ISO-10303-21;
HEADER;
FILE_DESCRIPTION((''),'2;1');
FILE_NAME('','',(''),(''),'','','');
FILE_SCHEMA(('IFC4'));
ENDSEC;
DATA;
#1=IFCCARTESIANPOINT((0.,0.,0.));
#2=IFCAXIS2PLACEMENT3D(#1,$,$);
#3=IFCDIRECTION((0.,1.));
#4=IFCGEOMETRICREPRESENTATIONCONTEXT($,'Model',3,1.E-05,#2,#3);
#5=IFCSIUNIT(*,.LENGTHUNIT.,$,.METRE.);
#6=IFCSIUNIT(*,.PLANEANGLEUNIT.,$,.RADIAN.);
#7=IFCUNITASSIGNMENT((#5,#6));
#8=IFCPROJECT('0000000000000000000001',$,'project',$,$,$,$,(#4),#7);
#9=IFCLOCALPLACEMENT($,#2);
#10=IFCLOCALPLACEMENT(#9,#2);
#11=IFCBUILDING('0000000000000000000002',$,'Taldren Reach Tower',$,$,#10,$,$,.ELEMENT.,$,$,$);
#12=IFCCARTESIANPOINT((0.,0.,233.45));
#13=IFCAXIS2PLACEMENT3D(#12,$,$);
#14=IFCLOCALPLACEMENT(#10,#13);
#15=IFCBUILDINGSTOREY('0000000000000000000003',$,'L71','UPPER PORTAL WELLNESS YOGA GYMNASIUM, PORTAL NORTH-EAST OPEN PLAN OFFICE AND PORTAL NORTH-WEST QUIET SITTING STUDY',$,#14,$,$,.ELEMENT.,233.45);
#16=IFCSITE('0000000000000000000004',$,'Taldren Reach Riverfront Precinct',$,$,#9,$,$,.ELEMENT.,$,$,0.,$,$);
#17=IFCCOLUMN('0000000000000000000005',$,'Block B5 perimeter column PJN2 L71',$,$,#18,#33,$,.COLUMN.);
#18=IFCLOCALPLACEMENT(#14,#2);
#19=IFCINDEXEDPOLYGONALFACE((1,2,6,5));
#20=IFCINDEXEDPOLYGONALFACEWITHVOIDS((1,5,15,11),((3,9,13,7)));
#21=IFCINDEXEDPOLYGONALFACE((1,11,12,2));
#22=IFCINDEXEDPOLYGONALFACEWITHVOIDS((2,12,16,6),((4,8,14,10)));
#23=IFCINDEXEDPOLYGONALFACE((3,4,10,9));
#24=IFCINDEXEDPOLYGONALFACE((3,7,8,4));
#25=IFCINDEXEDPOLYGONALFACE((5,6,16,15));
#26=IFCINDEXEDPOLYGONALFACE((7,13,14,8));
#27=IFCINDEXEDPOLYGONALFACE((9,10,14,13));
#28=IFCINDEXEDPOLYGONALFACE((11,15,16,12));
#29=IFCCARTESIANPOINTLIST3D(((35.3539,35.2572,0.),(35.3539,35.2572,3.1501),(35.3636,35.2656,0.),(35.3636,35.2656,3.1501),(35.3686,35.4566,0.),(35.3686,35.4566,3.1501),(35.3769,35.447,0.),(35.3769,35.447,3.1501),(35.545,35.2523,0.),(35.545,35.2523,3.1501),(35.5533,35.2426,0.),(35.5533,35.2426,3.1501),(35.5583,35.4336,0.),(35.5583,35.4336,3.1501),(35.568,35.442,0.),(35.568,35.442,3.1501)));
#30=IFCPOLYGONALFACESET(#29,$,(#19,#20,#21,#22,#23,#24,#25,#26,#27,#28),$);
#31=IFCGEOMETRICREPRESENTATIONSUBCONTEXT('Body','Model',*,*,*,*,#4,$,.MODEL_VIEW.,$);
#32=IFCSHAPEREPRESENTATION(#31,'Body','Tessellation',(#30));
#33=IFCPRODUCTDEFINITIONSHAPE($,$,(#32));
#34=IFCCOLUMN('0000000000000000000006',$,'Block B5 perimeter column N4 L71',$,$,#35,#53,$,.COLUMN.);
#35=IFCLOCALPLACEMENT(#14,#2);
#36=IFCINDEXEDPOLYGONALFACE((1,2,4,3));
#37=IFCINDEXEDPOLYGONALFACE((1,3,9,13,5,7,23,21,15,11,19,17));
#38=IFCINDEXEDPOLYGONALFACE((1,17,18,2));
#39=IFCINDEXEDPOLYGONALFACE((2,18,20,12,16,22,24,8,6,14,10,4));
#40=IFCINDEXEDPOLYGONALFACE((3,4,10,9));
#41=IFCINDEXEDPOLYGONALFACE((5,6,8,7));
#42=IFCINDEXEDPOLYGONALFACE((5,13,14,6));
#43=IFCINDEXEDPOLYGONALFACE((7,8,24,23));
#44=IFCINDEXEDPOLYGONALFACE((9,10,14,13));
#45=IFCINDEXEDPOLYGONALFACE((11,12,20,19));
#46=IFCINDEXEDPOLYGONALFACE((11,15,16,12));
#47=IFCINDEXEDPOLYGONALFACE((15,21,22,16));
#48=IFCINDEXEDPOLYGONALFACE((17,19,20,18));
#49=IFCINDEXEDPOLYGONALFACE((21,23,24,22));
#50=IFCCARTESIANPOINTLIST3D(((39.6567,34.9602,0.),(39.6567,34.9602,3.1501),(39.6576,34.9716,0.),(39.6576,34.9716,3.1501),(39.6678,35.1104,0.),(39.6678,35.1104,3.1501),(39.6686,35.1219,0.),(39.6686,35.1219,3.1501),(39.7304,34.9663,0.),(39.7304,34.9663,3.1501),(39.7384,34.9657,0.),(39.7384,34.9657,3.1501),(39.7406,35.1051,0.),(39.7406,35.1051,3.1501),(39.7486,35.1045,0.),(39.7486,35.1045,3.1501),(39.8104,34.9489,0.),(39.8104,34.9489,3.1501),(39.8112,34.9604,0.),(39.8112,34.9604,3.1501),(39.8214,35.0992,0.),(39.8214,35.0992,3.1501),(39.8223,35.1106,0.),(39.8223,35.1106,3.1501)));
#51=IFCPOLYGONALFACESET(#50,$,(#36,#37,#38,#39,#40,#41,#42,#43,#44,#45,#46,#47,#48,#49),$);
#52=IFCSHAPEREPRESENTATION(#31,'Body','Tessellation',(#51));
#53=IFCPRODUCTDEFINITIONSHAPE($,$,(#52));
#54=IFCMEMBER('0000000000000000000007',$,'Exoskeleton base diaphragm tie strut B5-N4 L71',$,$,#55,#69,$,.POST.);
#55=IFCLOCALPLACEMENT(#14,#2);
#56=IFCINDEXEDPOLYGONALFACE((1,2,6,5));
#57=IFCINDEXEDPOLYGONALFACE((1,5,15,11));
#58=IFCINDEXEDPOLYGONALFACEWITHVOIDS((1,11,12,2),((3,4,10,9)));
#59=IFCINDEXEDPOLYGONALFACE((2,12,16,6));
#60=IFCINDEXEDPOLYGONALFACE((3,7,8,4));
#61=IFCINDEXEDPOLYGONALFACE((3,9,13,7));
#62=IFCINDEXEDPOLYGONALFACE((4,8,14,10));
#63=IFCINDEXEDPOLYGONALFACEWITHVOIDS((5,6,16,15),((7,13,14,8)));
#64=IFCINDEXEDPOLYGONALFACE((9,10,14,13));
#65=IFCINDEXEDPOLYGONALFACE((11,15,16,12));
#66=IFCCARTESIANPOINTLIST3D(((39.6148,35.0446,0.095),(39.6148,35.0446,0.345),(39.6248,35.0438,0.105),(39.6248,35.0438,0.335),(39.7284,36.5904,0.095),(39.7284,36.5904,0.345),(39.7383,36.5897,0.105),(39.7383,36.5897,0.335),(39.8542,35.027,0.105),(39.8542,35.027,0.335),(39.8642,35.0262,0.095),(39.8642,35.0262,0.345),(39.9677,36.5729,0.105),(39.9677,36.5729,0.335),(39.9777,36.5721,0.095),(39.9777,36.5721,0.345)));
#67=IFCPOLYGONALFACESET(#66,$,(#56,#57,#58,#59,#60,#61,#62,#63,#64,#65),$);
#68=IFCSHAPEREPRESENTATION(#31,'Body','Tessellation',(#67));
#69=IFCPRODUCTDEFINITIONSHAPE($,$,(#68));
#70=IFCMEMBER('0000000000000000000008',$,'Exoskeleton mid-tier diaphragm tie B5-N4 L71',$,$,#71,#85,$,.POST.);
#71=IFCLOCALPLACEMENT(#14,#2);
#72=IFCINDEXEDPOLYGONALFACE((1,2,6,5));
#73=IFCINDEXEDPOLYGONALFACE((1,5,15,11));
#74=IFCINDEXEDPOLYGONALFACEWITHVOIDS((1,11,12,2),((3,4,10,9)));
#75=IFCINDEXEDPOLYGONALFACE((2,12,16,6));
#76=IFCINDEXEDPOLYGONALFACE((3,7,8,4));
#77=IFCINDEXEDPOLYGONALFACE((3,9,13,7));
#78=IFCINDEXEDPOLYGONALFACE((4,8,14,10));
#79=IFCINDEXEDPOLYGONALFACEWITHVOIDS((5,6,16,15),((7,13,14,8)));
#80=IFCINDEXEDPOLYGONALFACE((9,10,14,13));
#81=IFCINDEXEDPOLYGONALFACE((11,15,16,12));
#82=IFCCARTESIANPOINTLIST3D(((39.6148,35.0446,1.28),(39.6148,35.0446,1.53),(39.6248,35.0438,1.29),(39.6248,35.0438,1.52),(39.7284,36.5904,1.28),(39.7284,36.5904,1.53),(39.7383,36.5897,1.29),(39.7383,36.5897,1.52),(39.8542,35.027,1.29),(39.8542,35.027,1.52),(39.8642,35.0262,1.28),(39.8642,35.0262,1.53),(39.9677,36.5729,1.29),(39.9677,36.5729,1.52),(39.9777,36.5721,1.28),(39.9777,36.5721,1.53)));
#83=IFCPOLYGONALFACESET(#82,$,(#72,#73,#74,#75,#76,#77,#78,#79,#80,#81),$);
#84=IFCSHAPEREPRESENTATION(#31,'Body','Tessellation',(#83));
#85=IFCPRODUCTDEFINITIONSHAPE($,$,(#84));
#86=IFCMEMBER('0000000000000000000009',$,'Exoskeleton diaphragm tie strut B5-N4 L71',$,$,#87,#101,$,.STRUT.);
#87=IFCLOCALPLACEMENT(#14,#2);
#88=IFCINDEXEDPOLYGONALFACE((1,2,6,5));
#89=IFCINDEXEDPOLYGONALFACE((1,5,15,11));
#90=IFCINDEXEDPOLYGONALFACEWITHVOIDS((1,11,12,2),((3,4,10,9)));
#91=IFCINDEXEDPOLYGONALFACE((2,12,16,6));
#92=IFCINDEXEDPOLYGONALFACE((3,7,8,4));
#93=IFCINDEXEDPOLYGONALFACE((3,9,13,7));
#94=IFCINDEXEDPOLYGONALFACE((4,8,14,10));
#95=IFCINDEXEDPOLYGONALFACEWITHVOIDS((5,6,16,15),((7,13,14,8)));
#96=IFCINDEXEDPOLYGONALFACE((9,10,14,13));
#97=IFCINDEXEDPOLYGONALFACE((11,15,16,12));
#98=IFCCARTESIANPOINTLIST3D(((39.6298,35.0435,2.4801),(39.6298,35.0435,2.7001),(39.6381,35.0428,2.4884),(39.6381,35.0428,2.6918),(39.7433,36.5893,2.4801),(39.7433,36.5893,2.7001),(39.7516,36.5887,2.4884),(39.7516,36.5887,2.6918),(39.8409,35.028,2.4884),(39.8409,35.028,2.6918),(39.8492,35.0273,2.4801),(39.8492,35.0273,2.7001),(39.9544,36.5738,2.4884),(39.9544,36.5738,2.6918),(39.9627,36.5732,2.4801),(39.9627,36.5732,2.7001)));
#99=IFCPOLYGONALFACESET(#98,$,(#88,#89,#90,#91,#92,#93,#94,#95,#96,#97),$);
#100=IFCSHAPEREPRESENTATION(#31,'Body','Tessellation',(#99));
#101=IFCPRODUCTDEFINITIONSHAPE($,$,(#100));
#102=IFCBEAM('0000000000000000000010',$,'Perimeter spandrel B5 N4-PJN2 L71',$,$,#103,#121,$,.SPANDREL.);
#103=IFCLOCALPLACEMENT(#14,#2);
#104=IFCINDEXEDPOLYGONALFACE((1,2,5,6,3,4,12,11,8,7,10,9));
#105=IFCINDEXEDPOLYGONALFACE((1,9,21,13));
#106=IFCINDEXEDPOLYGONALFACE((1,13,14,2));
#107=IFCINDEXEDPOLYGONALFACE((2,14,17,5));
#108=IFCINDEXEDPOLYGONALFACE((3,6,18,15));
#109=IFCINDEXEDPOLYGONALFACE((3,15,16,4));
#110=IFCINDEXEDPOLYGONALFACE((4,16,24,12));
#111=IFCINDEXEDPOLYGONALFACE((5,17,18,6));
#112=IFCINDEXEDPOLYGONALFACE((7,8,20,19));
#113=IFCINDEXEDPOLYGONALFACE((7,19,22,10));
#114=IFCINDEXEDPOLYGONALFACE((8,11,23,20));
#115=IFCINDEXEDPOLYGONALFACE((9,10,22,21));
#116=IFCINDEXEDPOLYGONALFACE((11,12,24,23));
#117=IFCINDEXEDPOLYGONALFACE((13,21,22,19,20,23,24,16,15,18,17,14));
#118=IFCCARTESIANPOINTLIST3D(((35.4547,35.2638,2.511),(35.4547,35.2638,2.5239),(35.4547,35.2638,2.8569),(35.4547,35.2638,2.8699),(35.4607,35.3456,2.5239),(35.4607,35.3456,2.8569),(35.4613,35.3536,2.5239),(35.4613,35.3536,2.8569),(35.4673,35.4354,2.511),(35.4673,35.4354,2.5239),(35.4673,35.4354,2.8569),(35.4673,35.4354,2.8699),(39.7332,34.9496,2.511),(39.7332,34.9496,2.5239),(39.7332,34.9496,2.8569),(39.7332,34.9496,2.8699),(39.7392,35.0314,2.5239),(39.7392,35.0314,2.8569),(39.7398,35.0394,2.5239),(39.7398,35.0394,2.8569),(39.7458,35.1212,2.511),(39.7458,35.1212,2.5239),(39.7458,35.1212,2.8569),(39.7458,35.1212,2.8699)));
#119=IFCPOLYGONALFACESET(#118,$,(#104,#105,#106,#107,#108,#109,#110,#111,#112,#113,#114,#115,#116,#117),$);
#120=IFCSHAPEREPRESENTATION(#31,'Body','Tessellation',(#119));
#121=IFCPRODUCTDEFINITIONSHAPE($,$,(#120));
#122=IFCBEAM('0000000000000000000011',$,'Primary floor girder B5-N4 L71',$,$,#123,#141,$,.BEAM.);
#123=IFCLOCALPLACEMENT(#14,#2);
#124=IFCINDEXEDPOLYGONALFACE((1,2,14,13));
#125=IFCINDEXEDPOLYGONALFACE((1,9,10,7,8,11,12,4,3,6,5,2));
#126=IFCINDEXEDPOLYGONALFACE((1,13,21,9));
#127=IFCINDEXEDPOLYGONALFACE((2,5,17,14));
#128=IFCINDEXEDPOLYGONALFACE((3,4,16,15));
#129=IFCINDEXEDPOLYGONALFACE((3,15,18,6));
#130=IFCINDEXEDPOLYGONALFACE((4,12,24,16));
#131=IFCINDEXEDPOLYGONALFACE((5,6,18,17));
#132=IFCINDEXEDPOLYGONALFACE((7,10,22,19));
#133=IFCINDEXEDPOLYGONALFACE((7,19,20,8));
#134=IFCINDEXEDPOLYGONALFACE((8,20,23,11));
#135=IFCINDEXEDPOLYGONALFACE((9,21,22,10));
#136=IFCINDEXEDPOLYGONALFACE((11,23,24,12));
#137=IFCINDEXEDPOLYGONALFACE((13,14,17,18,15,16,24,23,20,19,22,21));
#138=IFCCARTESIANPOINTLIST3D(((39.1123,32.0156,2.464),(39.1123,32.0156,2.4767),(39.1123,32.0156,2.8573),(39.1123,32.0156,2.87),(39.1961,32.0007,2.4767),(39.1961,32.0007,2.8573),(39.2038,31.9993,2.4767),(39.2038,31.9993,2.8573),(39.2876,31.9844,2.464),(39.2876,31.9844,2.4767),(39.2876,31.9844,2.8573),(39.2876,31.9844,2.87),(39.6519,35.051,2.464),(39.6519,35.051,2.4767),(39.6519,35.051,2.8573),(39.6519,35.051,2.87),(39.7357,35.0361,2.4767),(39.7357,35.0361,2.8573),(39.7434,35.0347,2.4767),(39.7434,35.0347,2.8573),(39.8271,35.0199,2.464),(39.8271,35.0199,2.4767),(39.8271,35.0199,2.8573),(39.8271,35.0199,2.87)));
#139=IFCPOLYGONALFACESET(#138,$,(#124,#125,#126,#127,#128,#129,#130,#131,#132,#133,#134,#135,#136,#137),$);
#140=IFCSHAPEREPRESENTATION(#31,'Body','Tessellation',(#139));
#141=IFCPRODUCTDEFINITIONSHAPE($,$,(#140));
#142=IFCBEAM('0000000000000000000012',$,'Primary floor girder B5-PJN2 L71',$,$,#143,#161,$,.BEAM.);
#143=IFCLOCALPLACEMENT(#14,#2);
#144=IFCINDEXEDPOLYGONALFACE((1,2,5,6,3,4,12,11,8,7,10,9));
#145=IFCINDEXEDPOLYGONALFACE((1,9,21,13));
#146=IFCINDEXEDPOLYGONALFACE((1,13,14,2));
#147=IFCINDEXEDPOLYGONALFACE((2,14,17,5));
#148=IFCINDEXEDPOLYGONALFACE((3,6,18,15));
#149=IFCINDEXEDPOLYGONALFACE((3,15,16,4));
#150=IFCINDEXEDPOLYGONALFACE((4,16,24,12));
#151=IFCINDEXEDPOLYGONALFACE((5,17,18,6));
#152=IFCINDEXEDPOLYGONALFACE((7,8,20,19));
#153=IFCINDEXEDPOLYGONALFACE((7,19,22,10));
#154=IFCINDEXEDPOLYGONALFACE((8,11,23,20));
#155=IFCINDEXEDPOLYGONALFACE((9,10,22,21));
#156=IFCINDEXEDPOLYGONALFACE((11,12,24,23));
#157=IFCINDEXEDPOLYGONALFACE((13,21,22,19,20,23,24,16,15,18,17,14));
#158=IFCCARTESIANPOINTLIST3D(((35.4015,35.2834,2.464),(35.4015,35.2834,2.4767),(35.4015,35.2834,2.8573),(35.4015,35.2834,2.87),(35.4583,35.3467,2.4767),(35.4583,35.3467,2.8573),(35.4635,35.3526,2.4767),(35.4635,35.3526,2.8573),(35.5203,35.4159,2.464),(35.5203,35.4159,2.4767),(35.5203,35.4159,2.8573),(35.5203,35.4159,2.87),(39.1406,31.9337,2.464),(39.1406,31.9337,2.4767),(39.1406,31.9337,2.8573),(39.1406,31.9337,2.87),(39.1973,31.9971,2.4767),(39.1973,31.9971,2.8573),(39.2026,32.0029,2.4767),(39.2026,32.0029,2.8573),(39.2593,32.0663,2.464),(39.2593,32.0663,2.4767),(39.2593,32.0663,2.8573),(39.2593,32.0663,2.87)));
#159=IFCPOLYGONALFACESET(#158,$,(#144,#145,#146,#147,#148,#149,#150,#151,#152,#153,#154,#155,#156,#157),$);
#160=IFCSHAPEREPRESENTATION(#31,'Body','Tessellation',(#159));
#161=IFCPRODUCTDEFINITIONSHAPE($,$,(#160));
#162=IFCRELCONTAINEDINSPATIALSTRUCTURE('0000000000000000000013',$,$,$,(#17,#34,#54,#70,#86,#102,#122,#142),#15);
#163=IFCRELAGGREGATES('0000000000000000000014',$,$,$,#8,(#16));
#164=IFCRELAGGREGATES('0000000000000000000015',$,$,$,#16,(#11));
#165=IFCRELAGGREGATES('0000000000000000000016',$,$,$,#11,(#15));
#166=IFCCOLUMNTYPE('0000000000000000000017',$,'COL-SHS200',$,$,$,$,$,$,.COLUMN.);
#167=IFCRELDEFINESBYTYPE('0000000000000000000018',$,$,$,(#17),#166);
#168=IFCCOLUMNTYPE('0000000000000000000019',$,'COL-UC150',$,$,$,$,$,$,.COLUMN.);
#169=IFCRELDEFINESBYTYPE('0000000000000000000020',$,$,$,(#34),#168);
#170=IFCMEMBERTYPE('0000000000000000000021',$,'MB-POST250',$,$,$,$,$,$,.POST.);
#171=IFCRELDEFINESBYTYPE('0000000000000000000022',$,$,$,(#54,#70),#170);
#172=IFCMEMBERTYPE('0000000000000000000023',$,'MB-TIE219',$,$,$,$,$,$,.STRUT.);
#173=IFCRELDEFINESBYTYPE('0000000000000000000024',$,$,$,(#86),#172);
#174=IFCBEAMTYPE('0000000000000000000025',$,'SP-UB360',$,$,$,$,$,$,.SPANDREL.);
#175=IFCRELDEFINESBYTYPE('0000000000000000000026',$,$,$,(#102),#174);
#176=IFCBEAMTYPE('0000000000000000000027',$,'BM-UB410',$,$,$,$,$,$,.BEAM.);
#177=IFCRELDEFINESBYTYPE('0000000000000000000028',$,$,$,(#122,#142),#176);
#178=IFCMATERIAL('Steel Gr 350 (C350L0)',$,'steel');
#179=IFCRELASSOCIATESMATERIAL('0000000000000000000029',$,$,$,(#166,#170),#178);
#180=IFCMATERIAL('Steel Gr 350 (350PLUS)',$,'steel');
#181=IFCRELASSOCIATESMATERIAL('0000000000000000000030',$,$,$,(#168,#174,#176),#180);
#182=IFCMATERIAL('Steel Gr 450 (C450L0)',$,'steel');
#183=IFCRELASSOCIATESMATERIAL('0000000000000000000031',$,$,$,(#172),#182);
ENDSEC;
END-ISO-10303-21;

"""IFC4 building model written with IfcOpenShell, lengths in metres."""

from ifc_helpers import new_model, si_unit, direction, frame, origin, origin_2d, place, context, subcontext, project, spatial, hollow_rectangle, i_section, extrude, source, transform, mapped, material, material_profile, profile_set, type_object, element, save


model = new_model("IFC4")

# Units and contexts
model_context = context("Model", 3, precision=1e-05, world=origin(), true_north=direction((0.0, 1.0)))
body_context = subcontext(model_context, "Body", "Model", "MODEL_VIEW")
ifc_project = project(units=[si_unit("LENGTHUNIT", "METRE"), si_unit("PLANEANGLEUNIT", "RADIAN")], contexts=[model_context])

# Site, building, storey
site_placement = place(None, origin())
site = spatial("IfcSite", under=ifc_project, at=site_placement, Name="Taldren Reach Riverfront Precinct", CompositionType="ELEMENT", RefElevation=0.0)
building_placement = place(site_placement, origin())
building = spatial("IfcBuilding", under=site, at=building_placement, Name="Taldren Reach Tower", CompositionType="ELEMENT")
storey_placement = place(building_placement, frame((0.0, 0.0, 233.45)))
storey = spatial("IfcBuildingStorey", under=building, at=storey_placement, Name="L71", Description="UPPER PORTAL WELLNESS YOGA GYMNASIUM, PORTAL NORTH-EAST OPEN PLAN OFFICE AND PORTAL NORTH-WEST QUIET SITTING STUDY", CompositionType="ELEMENT", Elevation=233.45)

# Columns
ifc_material_1 = material(Name="Steel Gr 350 (C350L0)", Category="steel")
ifc_material_profile_1 = material_profile(ifc_material_1, hollow_rectangle(XDim=0.2, YDim=0.2, WallThickness=0.009, at=origin_2d()), Name="200x200x9.0SHS")
ifc_profile_set_1 = profile_set([ifc_material_profile_1], Name="Steel Gr 350 (C350L0)")
column_type_1 = type_object("IfcColumnType", Name="COL-SHS200", PredefinedType="COLUMN", material=ifc_profile_set_1)
shared_shape_1 = source(origin(), body_context, "Body", "SweptSolid", [
    extrude(hollow_rectangle(XDim=0.2, YDim=0.2, WallThickness=0.009, at=origin_2d()), origin(), (0.0, 0.0, 1.0), 3.1501),
])
column_1_placement = place(storey_placement, frame((35.4609, 35.3496, 0.0), z_axis=(0.0, 0.0, 1.0), x_axis=(0.997314, -0.073238, 0.0)))
element("IfcColumn", 1, at=column_1_placement, inside=storey, type_object=column_type_1, Name="Block B5 perimeter column PJN2 L71", PredefinedType="COLUMN", context=body_context, shape_type="MappedRepresentation", body=[
    mapped(shared_shape_1, transform((0.0, 0.0, 0.0), scale=1.0)),
])
ifc_material_2 = material(Name="Steel Gr 350 (350PLUS)", Category="steel")
ifc_material_profile_2 = material_profile(ifc_material_2, i_section(OverallWidth=0.1541, OverallDepth=0.1621, WebThickness=0.0081, FlangeThickness=0.0115, at=origin_2d()), Name="150UC37.2")
ifc_profile_set_2 = profile_set([ifc_material_profile_2], Name="Steel Gr 350 (350PLUS)")
column_type_2 = type_object("IfcColumnType", Name="COL-UC150", PredefinedType="COLUMN", material=ifc_profile_set_2)
shared_shape_2 = source(origin(), body_context, "Body", "SweptSolid", [
    extrude(i_section(OverallWidth=0.1541, OverallDepth=0.1621, WebThickness=0.0081, FlangeThickness=0.0115, at=origin_2d()), origin(), (0.0, 0.0, 1.0), 3.1501),
])
column_2_placement = place(storey_placement, frame((39.7395, 35.0354, 0.0), z_axis=(0.0, 0.0, 1.0), x_axis=(0.997314, -0.073238, 0.0)))
element("IfcColumn", 2, at=column_2_placement, inside=storey, type_object=column_type_2, Name="Block B5 perimeter column N4 L71", PredefinedType="COLUMN", context=body_context, shape_type="MappedRepresentation", body=[
    mapped(shared_shape_2, transform((0.0, 0.0, 0.0), scale=1.0)),
])

# Members
ifc_material_profile_3 = material_profile(ifc_material_1, hollow_rectangle(XDim=0.25, YDim=0.25, WallThickness=0.01, at=origin_2d()), Name="250x250x10.0SHS")
ifc_profile_set_3 = profile_set([ifc_material_profile_3], Name="Steel Gr 350 (C350L0)")
member_type_1 = type_object("IfcMemberType", Name="MB-POST250", PredefinedType="POST", material=ifc_profile_set_3)
shared_shape_3 = source(origin(), body_context, "Body", "SweptSolid", [
    extrude(hollow_rectangle(XDim=0.25, YDim=0.25, WallThickness=0.01, at=origin_2d()), origin(), (0.0, 0.0, 1.0), 1.55),
])
for number, where, z_axis, x_axis, name in (
    (3, (39.7395, 35.0354, 0.22), (0.073239, 0.997314, 0.0), (-0.997314, 0.073239, 0.0), "Exoskeleton base diaphragm tie strut B5-N4 L71"),
    (4, (39.7395, 35.0354, 1.405), (0.073239, 0.997314, 0.0), (-0.997314, 0.073239, 0.0), "Exoskeleton mid-tier diaphragm tie B5-N4 L71"),
):
    element("IfcMember", number, at=place(storey_placement, frame(where, z_axis=z_axis, x_axis=x_axis)), inside=storey, type_object=member_type_1, Name=name, PredefinedType="POST", context=body_context, shape_type="MappedRepresentation", body=[
        mapped(shared_shape_3, transform((0.0, 0.0, 0.0), scale=1.0)),
    ])
ifc_material_3 = material(Name="Steel Gr 450 (C450L0)", Category="steel")
ifc_material_profile_4 = material_profile(ifc_material_3, hollow_rectangle(XDim=0.22, YDim=0.22, WallThickness=0.0083, at=origin_2d()), Name="220x220x8.2SHS")
ifc_profile_set_4 = profile_set([ifc_material_profile_4], Name="Steel Gr 450 (C450L0)")
member_type_2 = type_object("IfcMemberType", Name="MB-TIE219", PredefinedType="STRUT", material=ifc_profile_set_4)
shared_shape_4 = source(origin(), body_context, "Body", "SweptSolid", [
    extrude(hollow_rectangle(XDim=0.22, YDim=0.22, WallThickness=0.0083, at=origin_2d()), origin(), (0.0, 0.0, 1.0), 1.55),
])
member_1_placement = place(storey_placement, frame((39.7395, 35.0354, 2.5901), z_axis=(0.073239, 0.997314, 0.0), x_axis=(-0.997314, 0.073239, 0.0)))
element("IfcMember", 5, at=member_1_placement, inside=storey, type_object=member_type_2, Name="Exoskeleton diaphragm tie strut B5-N4 L71", PredefinedType="STRUT", context=body_context, shape_type="MappedRepresentation", body=[
    mapped(shared_shape_4, transform((0.0, 0.0, 0.0), scale=1.0)),
])

# Beams
ifc_material_profile_5 = material_profile(ifc_material_2, i_section(OverallWidth=0.1721, OverallDepth=0.3589, WebThickness=0.0081, FlangeThickness=0.0129, at=origin_2d()), Name="360UB56.7")
ifc_profile_set_5 = profile_set([ifc_material_profile_5], Name="Steel Gr 350 (350PLUS)")
beam_type_1 = type_object("IfcBeamType", Name="SP-UB360", PredefinedType="SPANDREL", material=ifc_profile_set_5)
shared_shape_5 = source(origin(), body_context, "Body", "SweptSolid", [
    extrude(i_section(OverallWidth=0.1721, OverallDepth=0.3589, WebThickness=0.0081, FlangeThickness=0.0129, at=origin_2d()), origin(), (0.0, 0.0, 1.0), 4.29),
])
beam_1_placement = place(storey_placement, frame((39.7395, 35.0354, 2.6904), z_axis=(-0.997314, 0.073241, 0.0), x_axis=(-0.073241, -0.997314, 0.0)))
element("IfcBeam", 6, at=beam_1_placement, inside=storey, type_object=beam_type_1, Name="Perimeter spandrel B5 N4-PJN2 L71", PredefinedType="SPANDREL", context=body_context, shape_type="MappedRepresentation", body=[
    mapped(shared_shape_5, transform((0.0, 0.0, 0.0), scale=1.0)),
])
ifc_material_profile_6 = material_profile(ifc_material_2, i_section(OverallWidth=0.178, OverallDepth=0.406, WebThickness=0.0078, FlangeThickness=0.0127, at=origin_2d()), Name="410UB59.7")
ifc_profile_set_6 = profile_set([ifc_material_profile_6], Name="Steel Gr 350 (350PLUS)")
beam_type_2 = type_object("IfcBeamType", Name="BM-UB410", PredefinedType="BEAM", material=ifc_profile_set_6)
shared_shape_6 = source(origin(), body_context, "Body", "SweptSolid", [
    extrude(i_section(OverallWidth=0.178, OverallDepth=0.406, WebThickness=0.0078, FlangeThickness=0.0127, at=origin_2d()), origin(), (0.0, 0.0, 1.0), 3.083),
])
beam_2_placement = place(storey_placement, frame((39.2, 32.0, 2.667), z_axis=(0.175009, 0.984567, 0.0), x_axis=(-0.984567, 0.175009, 0.0)))
element("IfcBeam", 7, at=beam_2_placement, inside=storey, type_object=beam_type_2, Name="Primary floor girder B5-N4 L71", PredefinedType="BEAM", context=body_context, shape_type="MappedRepresentation", body=[
    mapped(shared_shape_6, transform((0.0, 0.0, 0.0), scale=1.0)),
])
shared_shape_7 = source(origin(), body_context, "Body", "SweptSolid", [
    extrude(i_section(OverallWidth=0.178, OverallDepth=0.406, WebThickness=0.0078, FlangeThickness=0.0127, at=origin_2d()), origin(), (0.0, 0.0, 1.0), 5.02),
])
beam_3_placement = place(storey_placement, frame((39.2, 32.0, 2.667), z_axis=(-0.744828, 0.667257, 0.0), x_axis=(-0.667257, -0.744828, 0.0)))
element("IfcBeam", 8, at=beam_3_placement, inside=storey, type_object=beam_type_2, Name="Primary floor girder B5-PJN2 L71", PredefinedType="BEAM", context=body_context, shape_type="MappedRepresentation", body=[
    mapped(shared_shape_7, transform((0.0, 0.0, 0.0), scale=1.0)),
])

save(model, "model.ifc")
